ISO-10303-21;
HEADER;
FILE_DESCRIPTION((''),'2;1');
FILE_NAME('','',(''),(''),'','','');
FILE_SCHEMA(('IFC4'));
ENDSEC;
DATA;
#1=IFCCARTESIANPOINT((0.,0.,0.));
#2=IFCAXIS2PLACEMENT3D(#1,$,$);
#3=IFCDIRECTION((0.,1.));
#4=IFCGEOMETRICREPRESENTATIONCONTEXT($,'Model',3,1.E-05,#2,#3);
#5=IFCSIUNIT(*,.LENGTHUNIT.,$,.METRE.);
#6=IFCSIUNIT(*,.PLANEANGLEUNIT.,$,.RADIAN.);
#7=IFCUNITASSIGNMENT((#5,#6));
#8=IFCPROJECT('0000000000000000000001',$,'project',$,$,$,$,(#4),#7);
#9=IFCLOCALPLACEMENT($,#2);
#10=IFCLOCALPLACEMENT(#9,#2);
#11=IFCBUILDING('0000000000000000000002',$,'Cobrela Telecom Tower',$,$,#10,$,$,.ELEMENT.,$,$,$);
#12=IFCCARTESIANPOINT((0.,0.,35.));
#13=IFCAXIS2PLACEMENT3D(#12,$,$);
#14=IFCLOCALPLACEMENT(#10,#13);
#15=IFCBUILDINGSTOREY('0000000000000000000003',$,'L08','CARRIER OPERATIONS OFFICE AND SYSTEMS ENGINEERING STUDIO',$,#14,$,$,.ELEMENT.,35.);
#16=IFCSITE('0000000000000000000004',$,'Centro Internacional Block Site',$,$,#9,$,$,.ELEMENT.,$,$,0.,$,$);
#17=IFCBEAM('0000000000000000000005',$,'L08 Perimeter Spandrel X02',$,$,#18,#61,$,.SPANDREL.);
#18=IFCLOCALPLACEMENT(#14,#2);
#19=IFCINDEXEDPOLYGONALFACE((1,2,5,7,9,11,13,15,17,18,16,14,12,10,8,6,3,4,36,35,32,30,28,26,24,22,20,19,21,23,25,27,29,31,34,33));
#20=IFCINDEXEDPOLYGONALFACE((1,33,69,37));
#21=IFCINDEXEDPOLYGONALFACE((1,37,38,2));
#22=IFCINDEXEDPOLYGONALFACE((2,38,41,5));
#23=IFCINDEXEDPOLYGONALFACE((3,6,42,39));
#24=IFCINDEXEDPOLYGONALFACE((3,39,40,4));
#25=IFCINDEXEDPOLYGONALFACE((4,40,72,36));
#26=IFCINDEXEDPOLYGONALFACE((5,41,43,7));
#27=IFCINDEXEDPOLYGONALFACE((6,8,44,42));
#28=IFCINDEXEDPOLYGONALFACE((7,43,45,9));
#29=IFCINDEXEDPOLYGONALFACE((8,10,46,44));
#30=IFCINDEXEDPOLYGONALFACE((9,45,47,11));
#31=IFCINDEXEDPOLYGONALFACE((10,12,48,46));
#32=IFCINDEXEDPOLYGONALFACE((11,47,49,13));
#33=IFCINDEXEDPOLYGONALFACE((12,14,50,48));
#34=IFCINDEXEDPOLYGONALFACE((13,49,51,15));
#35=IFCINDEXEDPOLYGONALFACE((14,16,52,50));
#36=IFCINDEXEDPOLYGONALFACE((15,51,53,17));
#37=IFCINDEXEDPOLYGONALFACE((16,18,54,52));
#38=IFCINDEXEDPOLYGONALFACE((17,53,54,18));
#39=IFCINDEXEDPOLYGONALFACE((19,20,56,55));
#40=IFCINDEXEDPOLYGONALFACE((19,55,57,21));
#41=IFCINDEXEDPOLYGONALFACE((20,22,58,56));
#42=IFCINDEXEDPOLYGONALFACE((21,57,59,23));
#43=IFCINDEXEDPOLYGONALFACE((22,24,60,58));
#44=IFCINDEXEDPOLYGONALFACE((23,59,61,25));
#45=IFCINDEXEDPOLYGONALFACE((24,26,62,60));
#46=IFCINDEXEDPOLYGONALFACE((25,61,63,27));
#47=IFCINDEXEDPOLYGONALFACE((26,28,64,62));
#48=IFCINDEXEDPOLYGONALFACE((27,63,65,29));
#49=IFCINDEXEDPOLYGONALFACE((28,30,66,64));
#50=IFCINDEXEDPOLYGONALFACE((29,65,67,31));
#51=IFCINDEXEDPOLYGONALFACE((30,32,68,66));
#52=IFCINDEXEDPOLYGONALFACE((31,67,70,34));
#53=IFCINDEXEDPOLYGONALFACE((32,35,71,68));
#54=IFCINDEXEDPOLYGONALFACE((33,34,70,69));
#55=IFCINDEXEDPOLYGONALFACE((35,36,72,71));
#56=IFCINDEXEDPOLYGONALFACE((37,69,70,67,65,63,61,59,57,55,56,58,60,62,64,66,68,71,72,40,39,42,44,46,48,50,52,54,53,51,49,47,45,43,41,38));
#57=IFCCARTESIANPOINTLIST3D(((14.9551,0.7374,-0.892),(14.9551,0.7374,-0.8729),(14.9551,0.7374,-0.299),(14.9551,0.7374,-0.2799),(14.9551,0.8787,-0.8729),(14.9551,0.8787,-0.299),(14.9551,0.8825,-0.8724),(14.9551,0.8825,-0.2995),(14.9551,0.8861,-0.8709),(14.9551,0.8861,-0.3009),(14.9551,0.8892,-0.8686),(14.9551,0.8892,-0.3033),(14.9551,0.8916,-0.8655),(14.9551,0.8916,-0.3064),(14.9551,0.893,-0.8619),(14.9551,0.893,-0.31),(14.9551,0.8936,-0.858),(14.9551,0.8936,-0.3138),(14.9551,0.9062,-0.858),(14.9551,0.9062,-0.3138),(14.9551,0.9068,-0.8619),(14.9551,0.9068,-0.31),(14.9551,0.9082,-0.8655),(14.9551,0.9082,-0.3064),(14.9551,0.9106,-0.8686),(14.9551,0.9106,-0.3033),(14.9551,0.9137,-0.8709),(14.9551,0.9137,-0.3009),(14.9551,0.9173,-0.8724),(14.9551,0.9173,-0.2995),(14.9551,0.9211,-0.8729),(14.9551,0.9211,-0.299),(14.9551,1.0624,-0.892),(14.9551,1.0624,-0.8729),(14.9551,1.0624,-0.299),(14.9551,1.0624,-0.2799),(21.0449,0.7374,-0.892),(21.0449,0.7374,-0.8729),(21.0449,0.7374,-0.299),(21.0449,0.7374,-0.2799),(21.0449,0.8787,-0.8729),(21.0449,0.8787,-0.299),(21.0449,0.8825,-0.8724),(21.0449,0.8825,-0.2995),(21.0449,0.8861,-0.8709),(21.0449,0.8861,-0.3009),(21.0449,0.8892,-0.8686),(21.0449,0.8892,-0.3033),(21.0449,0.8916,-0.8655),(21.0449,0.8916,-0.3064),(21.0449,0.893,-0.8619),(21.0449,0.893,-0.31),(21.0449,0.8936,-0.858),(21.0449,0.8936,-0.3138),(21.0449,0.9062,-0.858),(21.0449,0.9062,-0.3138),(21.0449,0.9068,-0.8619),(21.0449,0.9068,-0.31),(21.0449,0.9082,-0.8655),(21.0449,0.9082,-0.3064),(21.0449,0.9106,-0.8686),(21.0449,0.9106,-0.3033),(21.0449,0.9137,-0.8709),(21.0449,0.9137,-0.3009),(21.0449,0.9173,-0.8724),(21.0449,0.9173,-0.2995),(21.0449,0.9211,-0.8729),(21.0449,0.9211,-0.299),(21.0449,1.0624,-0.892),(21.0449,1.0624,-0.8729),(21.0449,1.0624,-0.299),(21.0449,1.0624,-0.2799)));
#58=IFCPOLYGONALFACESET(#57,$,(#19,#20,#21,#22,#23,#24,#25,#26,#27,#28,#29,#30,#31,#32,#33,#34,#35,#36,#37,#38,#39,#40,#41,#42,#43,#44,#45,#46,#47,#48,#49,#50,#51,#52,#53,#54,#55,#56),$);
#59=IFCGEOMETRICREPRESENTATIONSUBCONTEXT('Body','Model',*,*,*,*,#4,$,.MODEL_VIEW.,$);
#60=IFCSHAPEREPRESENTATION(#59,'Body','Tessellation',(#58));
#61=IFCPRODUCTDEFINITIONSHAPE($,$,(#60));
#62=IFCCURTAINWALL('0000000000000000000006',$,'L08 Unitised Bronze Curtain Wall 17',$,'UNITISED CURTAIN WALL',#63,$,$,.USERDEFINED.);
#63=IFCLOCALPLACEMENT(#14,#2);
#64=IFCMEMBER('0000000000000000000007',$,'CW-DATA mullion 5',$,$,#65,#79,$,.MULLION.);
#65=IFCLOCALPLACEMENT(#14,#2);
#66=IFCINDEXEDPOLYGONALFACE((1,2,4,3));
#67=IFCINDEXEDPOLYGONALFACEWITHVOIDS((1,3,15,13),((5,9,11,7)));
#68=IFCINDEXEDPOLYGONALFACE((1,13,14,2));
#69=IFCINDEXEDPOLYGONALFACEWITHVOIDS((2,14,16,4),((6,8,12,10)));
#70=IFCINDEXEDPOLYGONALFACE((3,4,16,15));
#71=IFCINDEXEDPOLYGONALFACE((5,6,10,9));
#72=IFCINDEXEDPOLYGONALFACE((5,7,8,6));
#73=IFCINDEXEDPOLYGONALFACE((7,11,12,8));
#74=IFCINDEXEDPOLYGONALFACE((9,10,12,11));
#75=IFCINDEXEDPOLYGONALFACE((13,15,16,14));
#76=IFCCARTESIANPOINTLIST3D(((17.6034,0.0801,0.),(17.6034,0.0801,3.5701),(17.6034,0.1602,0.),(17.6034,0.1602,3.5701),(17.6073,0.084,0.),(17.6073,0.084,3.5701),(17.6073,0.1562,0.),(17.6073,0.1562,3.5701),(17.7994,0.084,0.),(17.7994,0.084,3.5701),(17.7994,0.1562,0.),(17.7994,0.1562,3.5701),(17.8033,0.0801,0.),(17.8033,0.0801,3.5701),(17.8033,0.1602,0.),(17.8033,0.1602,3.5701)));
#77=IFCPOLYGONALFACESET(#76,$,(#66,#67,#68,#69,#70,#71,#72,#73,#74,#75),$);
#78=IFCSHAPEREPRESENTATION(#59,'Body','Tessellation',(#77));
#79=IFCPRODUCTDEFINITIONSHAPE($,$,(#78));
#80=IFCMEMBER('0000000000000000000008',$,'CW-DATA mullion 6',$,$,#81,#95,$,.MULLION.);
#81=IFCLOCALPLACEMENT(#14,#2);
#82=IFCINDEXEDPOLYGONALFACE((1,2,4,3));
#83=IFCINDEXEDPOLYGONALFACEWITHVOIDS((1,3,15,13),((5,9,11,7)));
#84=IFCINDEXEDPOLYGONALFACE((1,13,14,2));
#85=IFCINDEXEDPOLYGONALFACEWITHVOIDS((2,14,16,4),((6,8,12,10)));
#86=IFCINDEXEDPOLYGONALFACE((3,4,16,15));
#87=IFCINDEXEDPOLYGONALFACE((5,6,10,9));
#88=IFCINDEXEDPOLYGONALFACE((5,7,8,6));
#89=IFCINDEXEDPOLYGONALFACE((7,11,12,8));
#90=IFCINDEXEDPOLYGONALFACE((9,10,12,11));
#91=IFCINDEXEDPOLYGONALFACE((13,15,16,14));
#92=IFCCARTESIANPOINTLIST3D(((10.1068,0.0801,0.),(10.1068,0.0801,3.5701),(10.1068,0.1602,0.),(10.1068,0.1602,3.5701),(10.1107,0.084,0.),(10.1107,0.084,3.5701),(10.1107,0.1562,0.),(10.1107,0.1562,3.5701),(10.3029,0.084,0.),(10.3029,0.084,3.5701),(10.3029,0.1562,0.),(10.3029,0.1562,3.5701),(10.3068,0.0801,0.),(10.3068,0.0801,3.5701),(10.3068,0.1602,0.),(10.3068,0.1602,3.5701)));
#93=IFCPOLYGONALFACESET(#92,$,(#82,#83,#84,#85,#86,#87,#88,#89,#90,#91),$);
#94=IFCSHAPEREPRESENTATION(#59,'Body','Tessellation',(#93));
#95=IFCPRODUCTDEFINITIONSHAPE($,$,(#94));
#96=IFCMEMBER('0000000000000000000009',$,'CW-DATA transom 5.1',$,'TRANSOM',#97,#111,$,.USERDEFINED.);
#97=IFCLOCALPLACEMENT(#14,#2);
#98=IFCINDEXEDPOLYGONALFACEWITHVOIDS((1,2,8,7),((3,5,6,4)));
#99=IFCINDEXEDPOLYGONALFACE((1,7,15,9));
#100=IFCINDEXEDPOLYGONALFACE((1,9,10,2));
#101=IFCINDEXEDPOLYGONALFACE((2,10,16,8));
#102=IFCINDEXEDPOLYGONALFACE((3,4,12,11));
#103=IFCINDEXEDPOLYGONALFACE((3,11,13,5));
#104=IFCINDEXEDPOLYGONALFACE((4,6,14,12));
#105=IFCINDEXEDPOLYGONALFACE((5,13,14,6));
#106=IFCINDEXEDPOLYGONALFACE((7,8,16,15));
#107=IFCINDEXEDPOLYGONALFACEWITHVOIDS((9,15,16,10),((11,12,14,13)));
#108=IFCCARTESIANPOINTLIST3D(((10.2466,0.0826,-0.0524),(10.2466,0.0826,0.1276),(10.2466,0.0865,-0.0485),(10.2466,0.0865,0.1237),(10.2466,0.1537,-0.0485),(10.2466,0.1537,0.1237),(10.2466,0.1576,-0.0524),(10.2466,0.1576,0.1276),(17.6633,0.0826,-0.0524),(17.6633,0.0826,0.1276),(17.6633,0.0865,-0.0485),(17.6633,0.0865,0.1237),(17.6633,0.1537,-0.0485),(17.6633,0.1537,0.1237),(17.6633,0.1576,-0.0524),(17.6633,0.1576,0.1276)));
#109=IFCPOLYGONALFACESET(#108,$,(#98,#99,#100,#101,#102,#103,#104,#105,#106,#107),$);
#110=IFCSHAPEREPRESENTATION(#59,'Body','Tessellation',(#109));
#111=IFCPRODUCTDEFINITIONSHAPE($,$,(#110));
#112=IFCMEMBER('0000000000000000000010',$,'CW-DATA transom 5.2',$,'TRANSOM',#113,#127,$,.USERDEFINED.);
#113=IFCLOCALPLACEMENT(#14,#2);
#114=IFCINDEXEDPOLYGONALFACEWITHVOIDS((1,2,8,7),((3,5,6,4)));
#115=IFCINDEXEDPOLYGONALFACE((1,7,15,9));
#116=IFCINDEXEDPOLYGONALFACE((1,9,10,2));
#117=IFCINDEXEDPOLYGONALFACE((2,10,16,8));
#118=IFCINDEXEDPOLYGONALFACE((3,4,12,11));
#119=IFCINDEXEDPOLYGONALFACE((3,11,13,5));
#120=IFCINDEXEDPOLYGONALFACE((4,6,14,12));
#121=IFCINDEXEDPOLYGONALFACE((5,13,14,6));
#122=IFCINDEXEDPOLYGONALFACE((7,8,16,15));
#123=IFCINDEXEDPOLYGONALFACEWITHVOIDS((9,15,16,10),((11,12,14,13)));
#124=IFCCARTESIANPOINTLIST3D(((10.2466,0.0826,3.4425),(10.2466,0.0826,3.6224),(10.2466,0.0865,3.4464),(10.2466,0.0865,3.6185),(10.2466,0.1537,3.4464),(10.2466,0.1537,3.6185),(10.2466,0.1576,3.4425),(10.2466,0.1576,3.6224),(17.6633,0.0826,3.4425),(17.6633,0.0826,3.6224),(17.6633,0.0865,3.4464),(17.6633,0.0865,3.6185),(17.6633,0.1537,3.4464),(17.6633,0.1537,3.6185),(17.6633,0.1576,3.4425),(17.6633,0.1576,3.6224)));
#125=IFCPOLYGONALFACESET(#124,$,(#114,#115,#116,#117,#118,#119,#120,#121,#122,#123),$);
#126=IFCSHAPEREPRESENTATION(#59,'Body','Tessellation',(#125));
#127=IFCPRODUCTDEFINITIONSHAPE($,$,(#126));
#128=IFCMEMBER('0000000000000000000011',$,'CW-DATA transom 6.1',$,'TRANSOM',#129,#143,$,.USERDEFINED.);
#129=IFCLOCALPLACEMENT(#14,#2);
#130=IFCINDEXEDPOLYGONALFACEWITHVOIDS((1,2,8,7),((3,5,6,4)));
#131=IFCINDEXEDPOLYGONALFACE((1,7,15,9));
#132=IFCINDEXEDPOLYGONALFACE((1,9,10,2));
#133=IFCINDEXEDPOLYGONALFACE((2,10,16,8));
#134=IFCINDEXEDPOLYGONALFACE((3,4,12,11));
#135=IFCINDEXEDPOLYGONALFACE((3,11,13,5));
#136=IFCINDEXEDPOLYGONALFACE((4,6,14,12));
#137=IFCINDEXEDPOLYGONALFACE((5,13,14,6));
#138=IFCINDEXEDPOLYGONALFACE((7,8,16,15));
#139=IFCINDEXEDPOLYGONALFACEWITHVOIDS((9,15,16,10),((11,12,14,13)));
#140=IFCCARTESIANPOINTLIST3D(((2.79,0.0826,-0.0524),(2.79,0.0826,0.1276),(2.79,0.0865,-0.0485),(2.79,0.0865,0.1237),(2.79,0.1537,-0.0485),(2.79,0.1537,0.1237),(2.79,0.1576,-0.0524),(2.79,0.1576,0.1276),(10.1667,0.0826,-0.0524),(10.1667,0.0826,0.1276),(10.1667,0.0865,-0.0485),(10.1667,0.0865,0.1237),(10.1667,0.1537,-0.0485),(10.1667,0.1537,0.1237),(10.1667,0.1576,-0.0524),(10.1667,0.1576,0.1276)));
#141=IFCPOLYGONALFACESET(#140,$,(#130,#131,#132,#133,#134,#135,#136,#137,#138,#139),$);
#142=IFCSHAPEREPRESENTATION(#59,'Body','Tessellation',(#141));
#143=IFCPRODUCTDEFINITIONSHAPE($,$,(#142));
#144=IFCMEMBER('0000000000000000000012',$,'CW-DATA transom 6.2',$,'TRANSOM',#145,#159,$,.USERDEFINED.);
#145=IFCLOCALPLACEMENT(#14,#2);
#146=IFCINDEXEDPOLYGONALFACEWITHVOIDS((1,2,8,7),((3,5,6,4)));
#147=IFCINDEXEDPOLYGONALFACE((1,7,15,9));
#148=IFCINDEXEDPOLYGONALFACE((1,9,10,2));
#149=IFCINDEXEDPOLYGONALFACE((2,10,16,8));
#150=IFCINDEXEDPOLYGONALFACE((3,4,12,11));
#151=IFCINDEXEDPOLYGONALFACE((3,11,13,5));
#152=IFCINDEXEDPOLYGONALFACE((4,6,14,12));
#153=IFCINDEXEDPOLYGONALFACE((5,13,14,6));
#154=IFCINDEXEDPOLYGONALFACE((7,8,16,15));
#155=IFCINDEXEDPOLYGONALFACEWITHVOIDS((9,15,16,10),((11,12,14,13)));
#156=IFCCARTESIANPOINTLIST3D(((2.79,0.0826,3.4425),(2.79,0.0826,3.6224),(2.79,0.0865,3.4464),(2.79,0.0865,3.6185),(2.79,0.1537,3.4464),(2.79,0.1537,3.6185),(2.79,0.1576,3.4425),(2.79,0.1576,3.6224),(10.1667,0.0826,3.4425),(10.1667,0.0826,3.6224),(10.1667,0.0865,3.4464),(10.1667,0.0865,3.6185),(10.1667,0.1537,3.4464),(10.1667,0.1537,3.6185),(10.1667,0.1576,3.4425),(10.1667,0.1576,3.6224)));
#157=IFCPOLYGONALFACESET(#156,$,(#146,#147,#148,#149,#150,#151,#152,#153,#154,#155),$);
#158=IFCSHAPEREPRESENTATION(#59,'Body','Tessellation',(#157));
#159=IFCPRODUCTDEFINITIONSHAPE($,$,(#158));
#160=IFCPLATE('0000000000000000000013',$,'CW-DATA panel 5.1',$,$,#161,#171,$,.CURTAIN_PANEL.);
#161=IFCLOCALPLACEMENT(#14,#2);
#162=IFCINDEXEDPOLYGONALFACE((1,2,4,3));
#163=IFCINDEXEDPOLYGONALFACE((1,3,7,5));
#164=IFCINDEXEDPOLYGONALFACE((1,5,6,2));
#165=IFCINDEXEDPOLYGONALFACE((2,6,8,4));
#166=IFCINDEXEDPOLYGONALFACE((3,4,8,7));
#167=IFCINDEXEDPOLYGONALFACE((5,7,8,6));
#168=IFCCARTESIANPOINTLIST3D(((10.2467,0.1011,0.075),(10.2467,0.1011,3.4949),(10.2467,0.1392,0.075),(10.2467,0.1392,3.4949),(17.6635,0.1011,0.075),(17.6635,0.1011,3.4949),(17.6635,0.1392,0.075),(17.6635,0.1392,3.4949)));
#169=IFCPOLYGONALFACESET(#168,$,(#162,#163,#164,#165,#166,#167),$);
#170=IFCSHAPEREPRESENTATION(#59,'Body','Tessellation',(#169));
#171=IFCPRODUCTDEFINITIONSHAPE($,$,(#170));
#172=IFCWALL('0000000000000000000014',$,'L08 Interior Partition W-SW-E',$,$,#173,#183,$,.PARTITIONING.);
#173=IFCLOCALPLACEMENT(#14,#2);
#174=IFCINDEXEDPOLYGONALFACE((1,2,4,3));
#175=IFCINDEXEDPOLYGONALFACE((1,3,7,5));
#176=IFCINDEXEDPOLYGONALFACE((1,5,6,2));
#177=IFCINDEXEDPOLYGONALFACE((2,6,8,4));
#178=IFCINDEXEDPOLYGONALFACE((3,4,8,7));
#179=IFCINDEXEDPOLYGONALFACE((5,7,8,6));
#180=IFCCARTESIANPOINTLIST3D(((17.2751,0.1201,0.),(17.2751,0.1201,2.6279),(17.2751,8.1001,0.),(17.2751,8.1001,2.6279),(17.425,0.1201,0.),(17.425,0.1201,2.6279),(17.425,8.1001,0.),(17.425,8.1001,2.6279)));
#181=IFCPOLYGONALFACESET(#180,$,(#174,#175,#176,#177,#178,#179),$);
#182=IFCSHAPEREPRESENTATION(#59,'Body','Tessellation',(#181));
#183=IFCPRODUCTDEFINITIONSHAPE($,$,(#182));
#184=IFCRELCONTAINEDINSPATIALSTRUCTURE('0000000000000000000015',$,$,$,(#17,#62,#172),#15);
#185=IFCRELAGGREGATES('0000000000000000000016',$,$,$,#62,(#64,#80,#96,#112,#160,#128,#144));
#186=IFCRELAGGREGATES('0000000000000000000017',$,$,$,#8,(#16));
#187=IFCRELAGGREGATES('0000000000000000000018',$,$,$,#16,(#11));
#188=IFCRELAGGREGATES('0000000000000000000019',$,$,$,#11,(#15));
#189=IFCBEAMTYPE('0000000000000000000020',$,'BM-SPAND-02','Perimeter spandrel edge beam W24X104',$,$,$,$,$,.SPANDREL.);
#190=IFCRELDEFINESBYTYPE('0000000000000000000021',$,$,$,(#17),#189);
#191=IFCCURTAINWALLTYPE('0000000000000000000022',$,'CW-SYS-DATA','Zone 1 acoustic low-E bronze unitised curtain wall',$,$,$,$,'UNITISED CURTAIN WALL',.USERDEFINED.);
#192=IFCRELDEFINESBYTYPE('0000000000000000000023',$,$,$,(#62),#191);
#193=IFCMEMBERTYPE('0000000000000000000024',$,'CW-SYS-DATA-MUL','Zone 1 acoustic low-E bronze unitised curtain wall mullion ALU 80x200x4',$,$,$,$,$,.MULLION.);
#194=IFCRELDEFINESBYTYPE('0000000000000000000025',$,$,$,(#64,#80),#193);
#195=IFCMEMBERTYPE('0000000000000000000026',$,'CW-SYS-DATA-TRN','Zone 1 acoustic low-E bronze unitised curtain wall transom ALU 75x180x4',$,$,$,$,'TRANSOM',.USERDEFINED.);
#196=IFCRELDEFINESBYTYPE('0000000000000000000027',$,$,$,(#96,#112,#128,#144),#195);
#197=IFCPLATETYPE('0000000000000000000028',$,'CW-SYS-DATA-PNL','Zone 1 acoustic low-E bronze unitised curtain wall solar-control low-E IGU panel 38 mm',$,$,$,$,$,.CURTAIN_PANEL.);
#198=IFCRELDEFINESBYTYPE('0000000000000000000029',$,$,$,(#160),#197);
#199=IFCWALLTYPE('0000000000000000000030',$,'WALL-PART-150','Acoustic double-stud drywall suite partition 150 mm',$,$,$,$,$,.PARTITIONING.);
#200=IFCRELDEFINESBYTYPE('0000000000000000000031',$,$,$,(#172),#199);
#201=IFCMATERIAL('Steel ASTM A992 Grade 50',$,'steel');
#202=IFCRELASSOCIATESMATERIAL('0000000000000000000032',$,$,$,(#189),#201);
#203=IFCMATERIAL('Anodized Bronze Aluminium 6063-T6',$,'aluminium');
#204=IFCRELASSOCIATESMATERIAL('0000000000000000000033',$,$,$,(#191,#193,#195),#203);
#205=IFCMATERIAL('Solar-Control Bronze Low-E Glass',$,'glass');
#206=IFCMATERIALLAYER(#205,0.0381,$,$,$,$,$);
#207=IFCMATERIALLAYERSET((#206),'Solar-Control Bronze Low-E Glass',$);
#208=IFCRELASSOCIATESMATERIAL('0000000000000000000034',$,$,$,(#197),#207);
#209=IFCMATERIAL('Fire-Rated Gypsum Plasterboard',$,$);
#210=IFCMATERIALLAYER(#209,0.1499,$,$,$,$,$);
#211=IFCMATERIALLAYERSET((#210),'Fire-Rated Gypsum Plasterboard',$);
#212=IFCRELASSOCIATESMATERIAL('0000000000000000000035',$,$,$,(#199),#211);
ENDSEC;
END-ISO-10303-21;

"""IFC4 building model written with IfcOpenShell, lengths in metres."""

from ifc_helpers import new_model, si_unit, direction, frame, frame_2d, origin, origin_2d, place, context, subcontext, project, spatial, rectangle, hollow_rectangle, i_section, extrude, material, layer, layer_set, material_profile, profile_set, type_object, element, aggregate, save


model = new_model("IFC4")

# Units and contexts
model_context = context("Model", 3, precision=1e-05, world=origin(), true_north=direction((0.0, 1.0)))
body_context = subcontext(model_context, "Body", "Model", "MODEL_VIEW")
ifc_project = project(units=[si_unit("LENGTHUNIT", "METRE"), si_unit("PLANEANGLEUNIT", "RADIAN")], contexts=[model_context])

# Site, building, storey
site_placement = place(None, origin())
site = spatial("IfcSite", under=ifc_project, at=site_placement, Name="Centro Internacional Block Site", CompositionType="ELEMENT", RefElevation=0.0)
building_placement = place(site_placement, origin())
building = spatial("IfcBuilding", under=site, at=building_placement, Name="Cobrela Telecom Tower", CompositionType="ELEMENT")
storey_placement = place(building_placement, frame((0.0, 0.0, 35.0)))
storey = spatial("IfcBuildingStorey", under=building, at=storey_placement, Name="L08", Description="CARRIER OPERATIONS OFFICE AND SYSTEMS ENGINEERING STUDIO", CompositionType="ELEMENT", Elevation=35.0)

# Beam
ifc_material_1 = material(Name="Steel ASTM A992 Grade 50", Category="steel")
ifc_material_profile_1 = material_profile(ifc_material_1, i_section(OverallWidth=0.325, OverallDepth=0.6121, WebThickness=0.0127, FlangeThickness=0.019, FilletRadius=0.0149, at=origin_2d()), Name="W24X104")
ifc_profile_set_1 = profile_set([ifc_material_profile_1], Name="Steel ASTM A992 Grade 50")
beam_type_1 = type_object("IfcBeamType", Name="BM-SPAND-02", Description="Perimeter spandrel edge beam W24X104", PredefinedType="SPANDREL", material=ifc_profile_set_1)
beam_1_placement = place(storey_placement, frame((14.9551, 0.8999, -0.5859), z_axis=(1.0, 0.0, 0.0), x_axis=(0.0, 1.0, 0.0)))
element("IfcBeam", 1, at=beam_1_placement, inside=storey, type_object=beam_type_1, Name="L08 Perimeter Spandrel X02", PredefinedType="SPANDREL", context=body_context, shape_type="SweptSolid", body=[
    extrude(i_section(OverallWidth=0.325, OverallDepth=0.6121, WebThickness=0.0127, FlangeThickness=0.019, FilletRadius=0.0149, at=origin_2d()), origin(), (0.0, 0.0, 1.0), 6.0898),
])

# Curtain wall, members, plate
ifc_material_2 = material(Name="Anodized Bronze Aluminium 6063-T6", Category="aluminium")
curtain_wall_type = type_object("IfcCurtainWallType", Name="CW-SYS-DATA", Description="Zone 1 acoustic low-E bronze unitised curtain wall", ElementType="UNITISED CURTAIN WALL", PredefinedType="USERDEFINED", material=ifc_material_2)
curtain_wall_placement = place(storey_placement, origin())
curtain_wall = element("IfcCurtainWall", 2, at=curtain_wall_placement, inside=storey, type_object=curtain_wall_type, Name="L08 Unitised Bronze Curtain Wall 17", ObjectType="UNITISED CURTAIN WALL", PredefinedType="USERDEFINED")
ifc_material_profile_2 = material_profile(ifc_material_2, hollow_rectangle(XDim=0.0801, YDim=0.2, WallThickness=0.0039, at=origin_2d()), Name="ALU 80x200x4")
ifc_profile_set_2 = profile_set([ifc_material_profile_2], Name="Anodized Bronze Aluminium 6063-T6")
member_type_1 = type_object("IfcMemberType", Name="CW-SYS-DATA-MUL", Description="Zone 1 acoustic low-E bronze unitised curtain wall mullion ALU 80x200x4", PredefinedType="MULLION", material=ifc_profile_set_2)
member_1_placement = place(storey_placement, frame((17.7034, 0.1201, 0.0), z_axis=(0.0, 0.0, 1.0), x_axis=(0.0, -1.0, 0.0)))
member_1 = element("IfcMember", 3, at=member_1_placement, type_object=member_type_1, Name="CW-DATA mullion 5", PredefinedType="MULLION", context=body_context, shape_type="SweptSolid", body=[
    extrude(hollow_rectangle(XDim=0.0801, YDim=0.2, WallThickness=0.0039, at=origin_2d()), origin(), (0.0, 0.0, 1.0), 3.5701),
])
member_2_placement = place(storey_placement, frame((10.2068, 0.1201, 0.0), z_axis=(0.0, 0.0, 1.0), x_axis=(0.0, -1.0, 0.0)))
member_2 = element("IfcMember", 4, at=member_2_placement, type_object=member_type_1, Name="CW-DATA mullion 6", PredefinedType="MULLION", context=body_context, shape_type="SweptSolid", body=[
    extrude(hollow_rectangle(XDim=0.0801, YDim=0.2, WallThickness=0.0039, at=origin_2d()), origin(), (0.0, 0.0, 1.0), 3.5701),
])
ifc_material_profile_3 = material_profile(ifc_material_2, hollow_rectangle(XDim=0.075, YDim=0.1799, WallThickness=0.0039, at=origin_2d()), Name="ALU 75x180x4")
ifc_profile_set_3 = profile_set([ifc_material_profile_3], Name="Anodized Bronze Aluminium 6063-T6")
member_type_2 = type_object("IfcMemberType", Name="CW-SYS-DATA-TRN", Description="Zone 1 acoustic low-E bronze unitised curtain wall transom ALU 75x180x4", ElementType="TRANSOM", PredefinedType="USERDEFINED", material=ifc_profile_set_3)
member_3_placement = place(storey_placement, frame((17.6633, 0.1201, 0.0376), z_axis=(-1.0, 0.0, 0.0), x_axis=(0.0, -1.0, 0.0)))
member_3 = element("IfcMember", 5, at=member_3_placement, type_object=member_type_2, Name="CW-DATA transom 5.1", ObjectType="TRANSOM", PredefinedType="USERDEFINED", context=body_context, shape_type="SweptSolid", body=[
    extrude(hollow_rectangle(XDim=0.075, YDim=0.1799, WallThickness=0.0039, at=origin_2d()), origin(), (0.0, 0.0, 1.0), 7.4167),
])
member_4_placement = place(storey_placement, frame((17.6633, 0.1201, 3.5325), z_axis=(-1.0, 0.0, 0.0), x_axis=(0.0, -1.0, 0.0)))
member_4 = element("IfcMember", 6, at=member_4_placement, type_object=member_type_2, Name="CW-DATA transom 5.2", ObjectType="TRANSOM", PredefinedType="USERDEFINED", context=body_context, shape_type="SweptSolid", body=[
    extrude(hollow_rectangle(XDim=0.075, YDim=0.1799, WallThickness=0.0039, at=origin_2d()), origin(), (0.0, 0.0, 1.0), 7.4167),
])
member_5_placement = place(storey_placement, frame((10.1667, 0.1201, 0.0376), z_axis=(-1.0, 0.0, 0.0), x_axis=(0.0, -1.0, 0.0)))
member_5 = element("IfcMember", 7, at=member_5_placement, type_object=member_type_2, Name="CW-DATA transom 6.1", ObjectType="TRANSOM", PredefinedType="USERDEFINED", context=body_context, shape_type="SweptSolid", body=[
    extrude(hollow_rectangle(XDim=0.075, YDim=0.1799, WallThickness=0.0039, at=origin_2d()), origin(), (0.0, 0.0, 1.0), 7.3767),
])
member_6_placement = place(storey_placement, frame((10.1667, 0.1201, 3.5325), z_axis=(-1.0, 0.0, 0.0), x_axis=(0.0, -1.0, 0.0)))
member_6 = element("IfcMember", 8, at=member_6_placement, type_object=member_type_2, Name="CW-DATA transom 6.2", ObjectType="TRANSOM", PredefinedType="USERDEFINED", context=body_context, shape_type="SweptSolid", body=[
    extrude(hollow_rectangle(XDim=0.075, YDim=0.1799, WallThickness=0.0039, at=origin_2d()), origin(), (0.0, 0.0, 1.0), 7.3767),
])
ifc_material_3 = material(Name="Solar-Control Bronze Low-E Glass", Category="glass")
ifc_layer_1 = layer(ifc_material_3, 0.0381)
ifc_layer_set_1 = layer_set([ifc_layer_1], Name="Solar-Control Bronze Low-E Glass")
plate_type = type_object("IfcPlateType", Name="CW-SYS-DATA-PNL", Description="Zone 1 acoustic low-E bronze unitised curtain wall solar-control low-E IGU panel 38 mm", PredefinedType="CURTAIN_PANEL", material=ifc_layer_set_1)
plate_placement = place(storey_placement, frame((13.9551, 0.1201, 0.075), z_axis=(0.0, 0.0, 1.0), x_axis=(-1.0, 0.0, 0.0)))
plate = element("IfcPlate", 9, at=plate_placement, type_object=plate_type, Name="CW-DATA panel 5.1", PredefinedType="CURTAIN_PANEL", context=body_context, shape_type="SweptSolid", body=[
    extrude(rectangle(XDim=7.4167, YDim=0.0381, at=origin_2d()), origin(), (0.0, 0.0, 1.0), 3.4199),
])
aggregate(curtain_wall, [member_1, member_2, member_3, member_4, plate, member_5, member_6])

# Wall
ifc_material_4 = material(Name="Fire-Rated Gypsum Plasterboard")
ifc_layer_2 = layer(ifc_material_4, 0.1499)
ifc_layer_set_2 = layer_set([ifc_layer_2], Name="Fire-Rated Gypsum Plasterboard")
wall_type = type_object("IfcWallType", Name="WALL-PART-150", Description="Acoustic double-stud drywall suite partition 150 mm", PredefinedType="PARTITIONING", material=ifc_layer_set_2)
wall_placement = place(storey_placement, frame((17.3501, 0.1201, 0.0), z_axis=(0.0, 0.0, 1.0), x_axis=(0.0, 1.0, 0.0)))
element("IfcWall", 10, at=wall_placement, inside=storey, type_object=wall_type, Name="L08 Interior Partition W-SW-E", PredefinedType="PARTITIONING", context=body_context, shape_type="SweptSolid", body=[
    extrude(rectangle(XDim=7.98, YDim=0.1499, at=frame_2d((3.99, 0.0))), origin(), (0.0, 0.0, 1.0), 2.6279),
])

save(model, "model.ifc")
